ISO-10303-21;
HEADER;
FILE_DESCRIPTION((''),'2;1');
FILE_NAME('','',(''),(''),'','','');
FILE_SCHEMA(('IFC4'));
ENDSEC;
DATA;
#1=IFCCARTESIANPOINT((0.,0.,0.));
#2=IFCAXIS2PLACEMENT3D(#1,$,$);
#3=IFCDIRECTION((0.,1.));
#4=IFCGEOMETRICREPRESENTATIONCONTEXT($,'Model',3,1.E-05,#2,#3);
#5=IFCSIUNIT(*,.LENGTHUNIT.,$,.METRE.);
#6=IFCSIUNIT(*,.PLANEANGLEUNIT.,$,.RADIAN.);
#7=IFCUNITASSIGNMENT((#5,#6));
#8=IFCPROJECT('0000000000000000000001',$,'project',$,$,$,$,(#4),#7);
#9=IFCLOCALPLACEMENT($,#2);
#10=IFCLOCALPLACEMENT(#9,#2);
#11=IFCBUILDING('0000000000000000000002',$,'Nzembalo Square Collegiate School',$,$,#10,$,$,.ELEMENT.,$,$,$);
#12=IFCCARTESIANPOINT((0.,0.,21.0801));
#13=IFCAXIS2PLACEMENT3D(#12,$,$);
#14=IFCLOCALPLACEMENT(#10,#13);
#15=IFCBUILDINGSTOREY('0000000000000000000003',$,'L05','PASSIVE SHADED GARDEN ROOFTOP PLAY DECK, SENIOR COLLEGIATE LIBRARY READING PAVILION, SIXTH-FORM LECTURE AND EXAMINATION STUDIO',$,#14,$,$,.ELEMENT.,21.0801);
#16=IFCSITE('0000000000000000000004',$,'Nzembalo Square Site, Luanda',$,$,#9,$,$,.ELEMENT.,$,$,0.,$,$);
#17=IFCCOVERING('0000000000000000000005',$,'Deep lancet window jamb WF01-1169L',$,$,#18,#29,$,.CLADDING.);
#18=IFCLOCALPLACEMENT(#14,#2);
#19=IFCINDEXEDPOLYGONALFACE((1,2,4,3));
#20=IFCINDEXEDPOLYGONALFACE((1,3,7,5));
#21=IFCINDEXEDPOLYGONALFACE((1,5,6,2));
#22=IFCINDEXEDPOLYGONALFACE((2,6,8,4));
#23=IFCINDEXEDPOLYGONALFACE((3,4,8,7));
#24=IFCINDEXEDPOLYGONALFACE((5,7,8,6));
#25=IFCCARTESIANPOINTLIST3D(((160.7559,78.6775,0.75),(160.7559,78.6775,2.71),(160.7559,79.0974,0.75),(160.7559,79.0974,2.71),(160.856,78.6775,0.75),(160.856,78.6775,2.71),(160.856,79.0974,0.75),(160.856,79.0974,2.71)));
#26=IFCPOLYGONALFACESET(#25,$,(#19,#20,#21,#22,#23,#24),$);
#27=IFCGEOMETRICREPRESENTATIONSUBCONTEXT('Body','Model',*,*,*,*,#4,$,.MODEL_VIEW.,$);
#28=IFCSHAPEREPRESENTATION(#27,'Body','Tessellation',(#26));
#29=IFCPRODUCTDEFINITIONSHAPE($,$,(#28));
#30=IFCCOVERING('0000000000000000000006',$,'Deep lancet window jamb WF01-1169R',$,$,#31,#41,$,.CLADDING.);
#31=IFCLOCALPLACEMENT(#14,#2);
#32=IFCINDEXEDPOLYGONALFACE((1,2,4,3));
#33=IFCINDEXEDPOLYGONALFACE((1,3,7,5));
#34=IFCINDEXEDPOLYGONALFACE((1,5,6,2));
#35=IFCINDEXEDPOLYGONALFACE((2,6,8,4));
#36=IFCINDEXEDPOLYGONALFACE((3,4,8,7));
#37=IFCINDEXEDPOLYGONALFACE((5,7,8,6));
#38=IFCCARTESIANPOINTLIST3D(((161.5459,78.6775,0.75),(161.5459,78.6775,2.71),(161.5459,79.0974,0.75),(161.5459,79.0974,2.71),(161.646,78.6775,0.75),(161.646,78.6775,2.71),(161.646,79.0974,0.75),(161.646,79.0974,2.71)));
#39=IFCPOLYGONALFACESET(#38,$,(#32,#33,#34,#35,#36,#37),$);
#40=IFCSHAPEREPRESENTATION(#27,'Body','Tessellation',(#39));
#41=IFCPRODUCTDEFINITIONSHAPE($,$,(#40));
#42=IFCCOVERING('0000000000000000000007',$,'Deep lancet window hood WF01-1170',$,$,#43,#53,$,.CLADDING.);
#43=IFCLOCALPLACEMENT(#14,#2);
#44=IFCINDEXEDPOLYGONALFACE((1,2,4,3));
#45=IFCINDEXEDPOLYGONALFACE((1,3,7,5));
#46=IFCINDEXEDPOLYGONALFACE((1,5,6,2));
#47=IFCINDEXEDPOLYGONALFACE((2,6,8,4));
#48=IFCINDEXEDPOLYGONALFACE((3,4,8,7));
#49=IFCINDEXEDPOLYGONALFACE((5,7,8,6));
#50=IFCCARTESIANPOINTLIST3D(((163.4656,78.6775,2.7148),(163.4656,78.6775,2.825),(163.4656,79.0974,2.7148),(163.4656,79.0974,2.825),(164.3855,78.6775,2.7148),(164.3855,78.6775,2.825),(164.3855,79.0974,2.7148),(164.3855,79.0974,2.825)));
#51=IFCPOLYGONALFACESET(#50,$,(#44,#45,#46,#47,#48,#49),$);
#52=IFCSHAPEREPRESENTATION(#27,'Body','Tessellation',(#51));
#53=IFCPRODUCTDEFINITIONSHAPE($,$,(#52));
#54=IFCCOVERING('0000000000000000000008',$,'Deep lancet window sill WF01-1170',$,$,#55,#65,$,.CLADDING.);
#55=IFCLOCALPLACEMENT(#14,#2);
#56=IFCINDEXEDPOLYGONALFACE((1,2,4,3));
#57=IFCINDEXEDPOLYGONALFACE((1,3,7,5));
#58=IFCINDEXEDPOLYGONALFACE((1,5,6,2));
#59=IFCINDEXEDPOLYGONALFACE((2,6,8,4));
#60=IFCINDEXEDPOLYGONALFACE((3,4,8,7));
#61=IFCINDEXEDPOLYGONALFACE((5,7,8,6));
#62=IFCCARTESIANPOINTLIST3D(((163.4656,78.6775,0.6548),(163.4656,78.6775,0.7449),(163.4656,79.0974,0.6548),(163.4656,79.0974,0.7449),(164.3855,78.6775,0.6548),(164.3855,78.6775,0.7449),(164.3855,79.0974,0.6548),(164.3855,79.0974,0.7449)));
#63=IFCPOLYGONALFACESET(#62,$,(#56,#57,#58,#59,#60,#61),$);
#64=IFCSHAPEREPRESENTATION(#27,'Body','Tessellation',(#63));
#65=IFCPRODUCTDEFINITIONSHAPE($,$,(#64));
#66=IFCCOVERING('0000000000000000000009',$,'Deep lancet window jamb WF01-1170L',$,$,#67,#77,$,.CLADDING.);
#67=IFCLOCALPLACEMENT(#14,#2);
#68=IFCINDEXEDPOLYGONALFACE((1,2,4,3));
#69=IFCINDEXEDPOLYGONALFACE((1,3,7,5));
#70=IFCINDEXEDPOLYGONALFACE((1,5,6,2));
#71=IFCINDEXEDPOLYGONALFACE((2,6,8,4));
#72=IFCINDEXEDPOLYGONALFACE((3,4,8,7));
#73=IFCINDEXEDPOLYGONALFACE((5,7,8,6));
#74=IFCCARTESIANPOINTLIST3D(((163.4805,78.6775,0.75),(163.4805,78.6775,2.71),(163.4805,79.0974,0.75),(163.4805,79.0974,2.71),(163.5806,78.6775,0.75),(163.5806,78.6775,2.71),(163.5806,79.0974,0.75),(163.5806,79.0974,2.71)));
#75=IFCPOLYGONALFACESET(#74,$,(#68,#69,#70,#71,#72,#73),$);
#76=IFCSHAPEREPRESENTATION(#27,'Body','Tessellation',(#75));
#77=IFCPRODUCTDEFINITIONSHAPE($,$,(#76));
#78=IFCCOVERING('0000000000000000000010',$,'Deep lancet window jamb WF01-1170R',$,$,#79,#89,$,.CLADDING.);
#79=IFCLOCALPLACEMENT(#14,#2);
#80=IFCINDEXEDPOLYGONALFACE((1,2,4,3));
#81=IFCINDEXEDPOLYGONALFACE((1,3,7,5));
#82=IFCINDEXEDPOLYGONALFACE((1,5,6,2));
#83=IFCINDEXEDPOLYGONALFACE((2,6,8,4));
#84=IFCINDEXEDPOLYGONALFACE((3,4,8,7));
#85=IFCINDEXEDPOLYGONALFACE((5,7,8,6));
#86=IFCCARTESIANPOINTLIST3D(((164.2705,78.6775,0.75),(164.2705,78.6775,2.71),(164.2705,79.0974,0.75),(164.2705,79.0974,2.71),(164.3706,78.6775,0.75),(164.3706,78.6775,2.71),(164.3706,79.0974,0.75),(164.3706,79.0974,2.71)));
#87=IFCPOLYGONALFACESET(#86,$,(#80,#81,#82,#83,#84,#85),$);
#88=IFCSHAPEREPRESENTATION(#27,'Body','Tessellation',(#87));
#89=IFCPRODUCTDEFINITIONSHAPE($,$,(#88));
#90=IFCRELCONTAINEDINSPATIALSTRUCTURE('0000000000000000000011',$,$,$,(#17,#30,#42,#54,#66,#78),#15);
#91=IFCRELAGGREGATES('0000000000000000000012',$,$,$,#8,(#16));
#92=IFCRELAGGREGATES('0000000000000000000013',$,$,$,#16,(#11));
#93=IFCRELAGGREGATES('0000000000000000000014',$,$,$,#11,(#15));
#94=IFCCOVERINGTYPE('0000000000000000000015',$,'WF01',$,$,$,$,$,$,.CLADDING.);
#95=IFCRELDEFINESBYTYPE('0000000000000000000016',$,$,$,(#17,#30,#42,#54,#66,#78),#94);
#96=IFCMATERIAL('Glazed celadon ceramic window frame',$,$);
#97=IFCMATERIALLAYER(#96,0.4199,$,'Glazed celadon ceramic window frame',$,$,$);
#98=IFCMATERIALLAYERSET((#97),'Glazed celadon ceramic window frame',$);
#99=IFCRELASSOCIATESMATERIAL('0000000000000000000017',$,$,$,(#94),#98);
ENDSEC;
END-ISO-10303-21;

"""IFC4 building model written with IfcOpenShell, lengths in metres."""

from ifc_helpers import new_model, si_unit, direction, frame, origin, origin_2d, place, context, subcontext, project, spatial, rectangle, extrude, material, layer, layer_set, type_object, element, save


model = new_model("IFC4")

# Units and contexts
model_context = context("Model", 3, precision=1e-05, world=origin(), true_north=direction((0.0, 1.0)))
body_context = subcontext(model_context, "Body", "Model", "MODEL_VIEW")
ifc_project = project(units=[si_unit("LENGTHUNIT", "METRE"), si_unit("PLANEANGLEUNIT", "RADIAN")], contexts=[model_context])

# Site, building, storey
site_placement = place(None, origin())
site = spatial("IfcSite", under=ifc_project, at=site_placement, Name="Nzembalo Square Site, Luanda", CompositionType="ELEMENT", RefElevation=0.0)
building_placement = place(site_placement, origin())
building = spatial("IfcBuilding", under=site, at=building_placement, Name="Nzembalo Square Collegiate School", CompositionType="ELEMENT")
storey_placement = place(building_placement, frame((0.0, 0.0, 21.0801)))
storey = spatial("IfcBuildingStorey", under=building, at=storey_placement, Name="L05", Description="PASSIVE SHADED GARDEN ROOFTOP PLAY DECK, SENIOR COLLEGIATE LIBRARY READING PAVILION, SIXTH-FORM LECTURE AND EXAMINATION STUDIO", CompositionType="ELEMENT", Elevation=21.0801)

# Coverings
ifc_material_1 = material(Name="Glazed celadon ceramic window frame")
ifc_layer_1 = layer(ifc_material_1, 0.4199, Name="Glazed celadon ceramic window frame")
ifc_layer_set_1 = layer_set([ifc_layer_1], Name="Glazed celadon ceramic window frame")
covering_type_1 = type_object("IfcCoveringType", Name="WF01", PredefinedType="CLADDING", material=ifc_layer_set_1)
for number, where, z_axis, x_axis, name in (
    (1, (160.8059, 78.8875, 0.75), (0.0, 0.0, 1.0), (1.0, 0.0, 0.0), "Deep lancet window jamb WF01-1169L"),
    (2, (161.5959, 78.8875, 0.75), (0.0, 0.0, 1.0), (1.0, 0.0, 0.0), "Deep lancet window jamb WF01-1169R"),
):
    element("IfcCovering", number, at=place(storey_placement, frame(where, z_axis=z_axis, x_axis=x_axis)), inside=storey, type_object=covering_type_1, Name=name, PredefinedType="CLADDING", context=body_context, shape_type="SweptSolid", body=[
        extrude(rectangle(XDim=0.1001, YDim=0.4199, at=origin_2d()), origin(), (0.0, 0.0, 1.0), 1.96),
    ])
covering_1_placement = place(storey_placement, frame((163.9255, 78.8875, 2.7148), z_axis=(0.0, 0.0, 1.0), x_axis=(1.0, 0.0, 0.0)))
element("IfcCovering", 3, at=covering_1_placement, inside=storey, type_object=covering_type_1, Name="Deep lancet window hood WF01-1170", PredefinedType="CLADDING", context=body_context, shape_type="SweptSolid", body=[
    extrude(rectangle(XDim=0.9199, YDim=0.4199, at=origin_2d()), origin(), (0.0, 0.0, 1.0), 0.1101),
])
covering_2_placement = place(storey_placement, frame((163.9255, 78.8875, 0.6548), z_axis=(0.0, 0.0, 1.0), x_axis=(1.0, 0.0, 0.0)))
element("IfcCovering", 4, at=covering_2_placement, inside=storey, type_object=covering_type_1, Name="Deep lancet window sill WF01-1170", PredefinedType="CLADDING", context=body_context, shape_type="SweptSolid", body=[
    extrude(rectangle(XDim=0.9199, YDim=0.4199, at=origin_2d()), origin(), (0.0, 0.0, 1.0), 0.0901),
])
for number, where, z_axis, x_axis, name in (
    (5, (163.5305, 78.8875, 0.75), (0.0, 0.0, 1.0), (1.0, 0.0, 0.0), "Deep lancet window jamb WF01-1170L"),
    (6, (164.3206, 78.8875, 0.75), (0.0, 0.0, 1.0), (1.0, 0.0, 0.0), "Deep lancet window jamb WF01-1170R"),
):
    element("IfcCovering", number, at=place(storey_placement, frame(where, z_axis=z_axis, x_axis=x_axis)), inside=storey, type_object=covering_type_1, Name=name, PredefinedType="CLADDING", context=body_context, shape_type="SweptSolid", body=[
        extrude(rectangle(XDim=0.1001, YDim=0.4199, at=origin_2d()), origin(), (0.0, 0.0, 1.0), 1.96),
    ])

save(model, "model.ifc")
